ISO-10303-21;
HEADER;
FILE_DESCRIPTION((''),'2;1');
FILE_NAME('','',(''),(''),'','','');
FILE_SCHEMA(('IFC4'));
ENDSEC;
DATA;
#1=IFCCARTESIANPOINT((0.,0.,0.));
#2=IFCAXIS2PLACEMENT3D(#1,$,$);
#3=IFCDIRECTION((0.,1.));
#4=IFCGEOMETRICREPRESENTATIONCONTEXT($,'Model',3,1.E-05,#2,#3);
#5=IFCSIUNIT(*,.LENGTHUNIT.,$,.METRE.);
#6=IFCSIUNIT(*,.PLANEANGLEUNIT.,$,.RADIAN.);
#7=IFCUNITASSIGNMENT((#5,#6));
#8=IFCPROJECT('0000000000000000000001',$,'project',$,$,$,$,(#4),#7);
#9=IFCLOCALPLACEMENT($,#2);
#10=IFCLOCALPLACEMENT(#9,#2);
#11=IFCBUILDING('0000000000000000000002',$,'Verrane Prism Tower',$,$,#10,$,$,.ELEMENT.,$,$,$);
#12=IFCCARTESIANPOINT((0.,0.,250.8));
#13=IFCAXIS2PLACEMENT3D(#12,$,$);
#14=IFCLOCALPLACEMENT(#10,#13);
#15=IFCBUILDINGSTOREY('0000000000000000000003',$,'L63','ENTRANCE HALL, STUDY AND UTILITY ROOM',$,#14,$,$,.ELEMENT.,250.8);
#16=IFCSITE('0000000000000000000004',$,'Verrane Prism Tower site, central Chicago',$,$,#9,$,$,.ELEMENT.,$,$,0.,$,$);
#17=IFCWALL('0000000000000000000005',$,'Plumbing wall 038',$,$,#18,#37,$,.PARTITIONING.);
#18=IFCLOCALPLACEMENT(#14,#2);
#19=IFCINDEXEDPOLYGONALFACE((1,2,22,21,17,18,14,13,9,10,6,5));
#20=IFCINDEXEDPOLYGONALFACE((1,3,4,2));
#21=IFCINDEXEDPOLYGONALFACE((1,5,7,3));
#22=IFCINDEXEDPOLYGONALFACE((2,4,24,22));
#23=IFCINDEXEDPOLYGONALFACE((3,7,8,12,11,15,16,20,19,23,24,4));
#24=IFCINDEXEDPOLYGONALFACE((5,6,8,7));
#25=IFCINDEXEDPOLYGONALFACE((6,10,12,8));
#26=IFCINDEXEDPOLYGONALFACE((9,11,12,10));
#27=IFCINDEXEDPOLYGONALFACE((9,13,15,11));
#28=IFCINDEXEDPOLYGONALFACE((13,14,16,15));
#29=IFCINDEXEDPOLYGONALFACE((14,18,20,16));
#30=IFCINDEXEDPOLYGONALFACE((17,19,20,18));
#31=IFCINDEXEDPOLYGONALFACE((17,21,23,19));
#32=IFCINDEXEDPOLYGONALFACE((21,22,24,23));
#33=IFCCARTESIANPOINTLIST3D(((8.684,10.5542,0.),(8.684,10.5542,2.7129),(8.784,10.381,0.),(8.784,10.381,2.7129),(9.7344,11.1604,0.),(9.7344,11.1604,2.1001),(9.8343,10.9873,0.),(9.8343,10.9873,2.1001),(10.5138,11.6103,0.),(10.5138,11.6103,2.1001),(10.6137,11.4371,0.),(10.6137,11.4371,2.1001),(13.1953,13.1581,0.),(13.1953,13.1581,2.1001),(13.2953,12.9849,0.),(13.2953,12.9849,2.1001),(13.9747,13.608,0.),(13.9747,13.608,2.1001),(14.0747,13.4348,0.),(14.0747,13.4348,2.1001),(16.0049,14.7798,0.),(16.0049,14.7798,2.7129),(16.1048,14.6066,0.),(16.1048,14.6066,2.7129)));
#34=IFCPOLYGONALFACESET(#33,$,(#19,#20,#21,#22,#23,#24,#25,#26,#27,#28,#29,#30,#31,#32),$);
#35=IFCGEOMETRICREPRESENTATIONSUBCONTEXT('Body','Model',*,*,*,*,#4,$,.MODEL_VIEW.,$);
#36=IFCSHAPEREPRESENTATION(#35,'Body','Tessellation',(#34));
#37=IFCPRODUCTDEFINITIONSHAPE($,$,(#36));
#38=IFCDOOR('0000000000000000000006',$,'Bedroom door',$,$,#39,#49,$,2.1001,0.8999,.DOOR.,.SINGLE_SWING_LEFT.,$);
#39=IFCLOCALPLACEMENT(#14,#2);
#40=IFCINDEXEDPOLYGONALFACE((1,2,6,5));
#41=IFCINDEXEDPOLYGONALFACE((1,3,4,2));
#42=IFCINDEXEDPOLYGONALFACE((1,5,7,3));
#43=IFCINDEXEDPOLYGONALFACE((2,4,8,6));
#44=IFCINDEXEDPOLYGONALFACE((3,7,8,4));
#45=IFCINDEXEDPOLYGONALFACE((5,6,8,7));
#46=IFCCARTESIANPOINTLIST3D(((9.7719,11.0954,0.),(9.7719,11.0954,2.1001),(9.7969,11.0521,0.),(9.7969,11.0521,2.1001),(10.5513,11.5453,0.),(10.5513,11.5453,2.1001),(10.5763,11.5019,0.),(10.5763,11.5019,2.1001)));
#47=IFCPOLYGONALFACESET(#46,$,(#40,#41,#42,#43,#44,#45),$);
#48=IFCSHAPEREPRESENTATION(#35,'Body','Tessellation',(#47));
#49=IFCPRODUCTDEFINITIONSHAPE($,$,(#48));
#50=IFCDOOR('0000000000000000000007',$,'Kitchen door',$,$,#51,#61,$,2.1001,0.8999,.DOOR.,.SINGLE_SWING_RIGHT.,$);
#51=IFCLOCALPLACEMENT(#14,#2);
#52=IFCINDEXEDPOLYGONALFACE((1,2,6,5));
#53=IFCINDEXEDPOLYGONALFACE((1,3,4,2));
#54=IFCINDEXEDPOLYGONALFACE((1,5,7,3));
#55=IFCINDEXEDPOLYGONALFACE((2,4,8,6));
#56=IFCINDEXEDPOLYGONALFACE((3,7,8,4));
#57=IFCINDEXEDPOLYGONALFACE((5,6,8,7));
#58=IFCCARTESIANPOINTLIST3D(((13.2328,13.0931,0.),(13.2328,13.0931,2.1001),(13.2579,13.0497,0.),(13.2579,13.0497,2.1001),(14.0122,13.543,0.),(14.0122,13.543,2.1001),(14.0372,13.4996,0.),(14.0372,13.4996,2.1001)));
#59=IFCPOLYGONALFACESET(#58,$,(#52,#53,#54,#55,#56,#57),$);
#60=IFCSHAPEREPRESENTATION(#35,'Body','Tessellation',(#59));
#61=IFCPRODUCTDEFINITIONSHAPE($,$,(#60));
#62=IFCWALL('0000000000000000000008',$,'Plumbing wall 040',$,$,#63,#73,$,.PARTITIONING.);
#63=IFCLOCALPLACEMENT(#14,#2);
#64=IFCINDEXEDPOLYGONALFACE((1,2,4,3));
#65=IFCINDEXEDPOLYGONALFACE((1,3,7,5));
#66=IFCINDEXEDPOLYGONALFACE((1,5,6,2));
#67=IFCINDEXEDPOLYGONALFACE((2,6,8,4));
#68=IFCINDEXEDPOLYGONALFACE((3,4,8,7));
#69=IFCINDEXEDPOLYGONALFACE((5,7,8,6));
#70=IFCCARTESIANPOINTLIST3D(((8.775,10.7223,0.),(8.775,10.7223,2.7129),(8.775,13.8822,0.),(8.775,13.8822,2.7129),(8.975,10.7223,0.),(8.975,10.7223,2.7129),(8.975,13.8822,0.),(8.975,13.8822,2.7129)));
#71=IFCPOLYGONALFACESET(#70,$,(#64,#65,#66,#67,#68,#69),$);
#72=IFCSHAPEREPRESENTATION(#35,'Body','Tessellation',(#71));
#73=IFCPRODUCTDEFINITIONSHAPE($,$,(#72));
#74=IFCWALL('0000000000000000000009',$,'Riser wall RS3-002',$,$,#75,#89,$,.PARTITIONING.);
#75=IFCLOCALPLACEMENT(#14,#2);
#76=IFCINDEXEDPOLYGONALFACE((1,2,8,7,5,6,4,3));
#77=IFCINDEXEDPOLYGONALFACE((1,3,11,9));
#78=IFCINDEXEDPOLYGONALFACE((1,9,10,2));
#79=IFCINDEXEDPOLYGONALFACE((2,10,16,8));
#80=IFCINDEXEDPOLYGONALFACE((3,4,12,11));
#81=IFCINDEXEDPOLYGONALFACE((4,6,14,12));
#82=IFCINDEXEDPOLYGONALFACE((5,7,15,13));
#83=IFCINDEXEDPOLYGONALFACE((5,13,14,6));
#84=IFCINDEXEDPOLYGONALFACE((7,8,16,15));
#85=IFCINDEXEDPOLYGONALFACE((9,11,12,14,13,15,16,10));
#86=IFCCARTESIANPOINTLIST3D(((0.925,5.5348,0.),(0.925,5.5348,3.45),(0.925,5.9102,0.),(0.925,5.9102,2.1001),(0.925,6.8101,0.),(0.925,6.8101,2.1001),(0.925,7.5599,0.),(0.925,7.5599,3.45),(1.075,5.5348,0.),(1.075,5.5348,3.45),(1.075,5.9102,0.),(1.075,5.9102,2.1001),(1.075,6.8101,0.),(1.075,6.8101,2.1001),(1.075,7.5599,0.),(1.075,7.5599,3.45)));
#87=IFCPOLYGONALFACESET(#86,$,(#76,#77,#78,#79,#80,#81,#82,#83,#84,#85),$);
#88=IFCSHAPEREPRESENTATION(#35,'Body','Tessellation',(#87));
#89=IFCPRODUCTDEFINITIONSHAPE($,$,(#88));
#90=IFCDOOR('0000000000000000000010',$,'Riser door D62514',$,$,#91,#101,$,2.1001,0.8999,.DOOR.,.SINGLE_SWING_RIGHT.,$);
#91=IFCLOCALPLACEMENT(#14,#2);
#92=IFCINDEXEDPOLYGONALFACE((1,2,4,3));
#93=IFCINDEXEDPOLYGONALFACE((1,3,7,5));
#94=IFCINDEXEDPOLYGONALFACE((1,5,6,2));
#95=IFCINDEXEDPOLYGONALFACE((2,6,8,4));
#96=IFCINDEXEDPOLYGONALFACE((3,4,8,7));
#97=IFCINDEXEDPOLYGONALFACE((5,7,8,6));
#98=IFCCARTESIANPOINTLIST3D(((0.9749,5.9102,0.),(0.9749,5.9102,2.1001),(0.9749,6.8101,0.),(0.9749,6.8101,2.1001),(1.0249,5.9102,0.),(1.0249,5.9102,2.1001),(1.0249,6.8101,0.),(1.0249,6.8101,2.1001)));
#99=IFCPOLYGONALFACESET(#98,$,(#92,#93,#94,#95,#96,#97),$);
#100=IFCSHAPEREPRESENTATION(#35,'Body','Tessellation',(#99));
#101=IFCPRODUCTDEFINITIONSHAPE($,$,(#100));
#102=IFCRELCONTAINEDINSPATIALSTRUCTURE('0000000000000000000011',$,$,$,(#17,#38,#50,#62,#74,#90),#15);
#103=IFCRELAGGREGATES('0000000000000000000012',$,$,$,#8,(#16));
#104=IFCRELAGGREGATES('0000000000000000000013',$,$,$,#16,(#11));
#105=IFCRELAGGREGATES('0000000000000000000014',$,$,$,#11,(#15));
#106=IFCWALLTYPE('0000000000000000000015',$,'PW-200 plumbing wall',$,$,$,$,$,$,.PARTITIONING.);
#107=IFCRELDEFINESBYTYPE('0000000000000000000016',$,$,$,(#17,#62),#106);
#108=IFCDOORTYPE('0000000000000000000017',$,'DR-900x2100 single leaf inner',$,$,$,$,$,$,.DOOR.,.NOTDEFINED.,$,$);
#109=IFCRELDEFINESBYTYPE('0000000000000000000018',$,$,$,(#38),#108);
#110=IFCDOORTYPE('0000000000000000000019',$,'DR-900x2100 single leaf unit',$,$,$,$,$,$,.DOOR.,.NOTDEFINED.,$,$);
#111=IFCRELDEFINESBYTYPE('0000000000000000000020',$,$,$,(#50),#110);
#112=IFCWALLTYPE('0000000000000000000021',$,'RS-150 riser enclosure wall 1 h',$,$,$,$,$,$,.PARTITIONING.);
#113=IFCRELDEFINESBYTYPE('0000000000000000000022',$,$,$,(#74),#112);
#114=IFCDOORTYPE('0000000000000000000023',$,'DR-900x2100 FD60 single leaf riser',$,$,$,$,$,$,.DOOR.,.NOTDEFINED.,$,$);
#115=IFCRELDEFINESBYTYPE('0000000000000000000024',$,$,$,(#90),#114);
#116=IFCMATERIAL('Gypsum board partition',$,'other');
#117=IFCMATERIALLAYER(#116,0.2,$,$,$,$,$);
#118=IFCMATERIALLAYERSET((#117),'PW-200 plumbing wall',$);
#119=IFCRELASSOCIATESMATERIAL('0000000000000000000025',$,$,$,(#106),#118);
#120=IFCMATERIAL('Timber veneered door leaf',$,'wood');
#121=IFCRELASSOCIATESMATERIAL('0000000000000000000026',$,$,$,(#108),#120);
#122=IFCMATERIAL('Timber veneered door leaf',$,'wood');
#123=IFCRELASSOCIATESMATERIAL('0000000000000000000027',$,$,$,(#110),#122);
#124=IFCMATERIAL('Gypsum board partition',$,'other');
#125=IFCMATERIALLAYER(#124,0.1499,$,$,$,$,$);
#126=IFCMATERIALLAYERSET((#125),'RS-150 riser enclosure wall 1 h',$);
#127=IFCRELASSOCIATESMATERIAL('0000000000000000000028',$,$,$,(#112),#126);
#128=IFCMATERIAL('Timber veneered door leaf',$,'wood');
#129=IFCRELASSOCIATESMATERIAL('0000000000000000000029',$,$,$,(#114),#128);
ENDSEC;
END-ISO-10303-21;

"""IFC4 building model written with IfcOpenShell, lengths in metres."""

from ifc_helpers import new_model, si_unit, direction, frame, frame_2d, origin, place, context, subcontext, project, spatial, rectangle, extrude, material, layer, layer_set, type_object, element, fill, save


model = new_model("IFC4")

# Units and contexts
model_context = context("Model", 3, precision=1e-05, world=origin(), true_north=direction((0.0, 1.0)))
body_context = subcontext(model_context, "Body", "Model", "MODEL_VIEW")
ifc_project = project(units=[si_unit("LENGTHUNIT", "METRE"), si_unit("PLANEANGLEUNIT", "RADIAN")], contexts=[model_context])

# Site, building, storey
site_placement = place(None, origin())
site = spatial("IfcSite", under=ifc_project, at=site_placement, Name="Verrane Prism Tower site, central Chicago", CompositionType="ELEMENT", RefElevation=0.0)
building_placement = place(site_placement, origin())
building = spatial("IfcBuilding", under=site, at=building_placement, Name="Verrane Prism Tower", CompositionType="ELEMENT")
storey_placement = place(building_placement, frame((0.0, 0.0, 250.8)))
storey = spatial("IfcBuildingStorey", under=building, at=storey_placement, Name="L63", Description="ENTRANCE HALL, STUDY AND UTILITY ROOM", CompositionType="ELEMENT", Elevation=250.8)

# Shared definitions
ifc_material_1 = material(Name="Gypsum board partition", Category="other")
ifc_layer_1 = layer(ifc_material_1, 0.2)
ifc_layer_set_1 = layer_set([ifc_layer_1], Name="PW-200 plumbing wall")
wall_type_1 = type_object("IfcWallType", Name="PW-200 plumbing wall", PredefinedType="PARTITIONING", material=ifc_layer_set_1)

# Wall, openings, doors
wall_1_placement = place(storey_placement, frame((8.7339, 10.4675, 0.0), z_axis=(0.0, 0.0, 1.0), x_axis=(0.866081, 0.499904, 0.0)))
wall_1 = element("IfcWall", 1, at=wall_1_placement, inside=storey, type_object=wall_type_1, Name="Plumbing wall 038", PredefinedType="PARTITIONING", context=body_context, shape_type="SweptSolid", body=[
    extrude(rectangle(XDim=8.4529, YDim=0.2, at=frame_2d((4.2266, 0.0))), origin(), (0.0, 0.0, 1.0), 2.7129),
])
opening_1_placement = place(wall_1_placement, frame((5.209, 0.0, 0.0)))
opening_1 = element("IfcOpeningElement", 2, at=opening_1_placement, cuts=wall_1, PredefinedType="OPENING", context=body_context, shape_type="SweptSolid", body=[
    extrude(rectangle(XDim=0.8999, YDim=2.1001, at=frame_2d((0.45, 1.05))), frame((0.0, 0.1099, 0.0), z_axis=(0.0, -1.0, 0.0), x_axis=(1.0, 0.0, 0.0)), (0.0, 0.0, 1.0), 0.22),
])
opening_2_placement = place(wall_1_placement, frame((1.2129, 0.0, 0.0)))
opening_2 = element("IfcOpeningElement", 3, at=opening_2_placement, cuts=wall_1, PredefinedType="OPENING", context=body_context, shape_type="SweptSolid", body=[
    extrude(rectangle(XDim=0.8999, YDim=2.1001, at=frame_2d((0.45, 1.05))), frame((0.0, 0.1099, 0.0), z_axis=(0.0, -1.0, 0.0), x_axis=(1.0, 0.0, 0.0)), (0.0, 0.0, 1.0), 0.22),
])
ifc_material_2 = material(Name="Timber veneered door leaf", Category="wood")
door_type_1 = type_object("IfcDoorType", Name="DR-900x2100 single leaf inner", OperationType="NOTDEFINED", PredefinedType="DOOR", material=ifc_material_2)
door_1_placement = place(opening_2_placement, origin())
door_1 = element("IfcDoor", 4, at=door_1_placement, inside=storey, type_object=door_type_1, Name="Bedroom door", OperationType="SINGLE_SWING_LEFT", OverallHeight=2.1001, OverallWidth=0.8999, PredefinedType="DOOR", context=body_context, shape_type="SweptSolid", body=[
    extrude(rectangle(XDim=0.8999, YDim=2.1001, at=frame_2d((0.45, 1.05))), frame((0.0, 0.0249, 0.0), z_axis=(0.0, -1.0, 0.0), x_axis=(1.0, 0.0, 0.0)), (0.0, 0.0, 1.0), 0.05),
])
fill(opening_2, door_1)
ifc_material_3 = material(Name="Timber veneered door leaf", Category="wood")
door_type_2 = type_object("IfcDoorType", Name="DR-900x2100 single leaf unit", OperationType="NOTDEFINED", PredefinedType="DOOR", material=ifc_material_3)
door_2_placement = place(opening_1_placement, origin())
door_2 = element("IfcDoor", 5, at=door_2_placement, inside=storey, type_object=door_type_2, Name="Kitchen door", OperationType="SINGLE_SWING_RIGHT", OverallHeight=2.1001, OverallWidth=0.8999, PredefinedType="DOOR", context=body_context, shape_type="SweptSolid", body=[
    extrude(rectangle(XDim=0.8999, YDim=2.1001, at=frame_2d((0.45, 1.05))), frame((0.0, 0.0249, 0.0), z_axis=(0.0, -1.0, 0.0), x_axis=(1.0, 0.0, 0.0)), (0.0, 0.0, 1.0), 0.05),
])
fill(opening_1, door_2)

# Wall
wall_2_placement = place(storey_placement, frame((8.875, 10.7222, 0.0), z_axis=(0.0, 0.0, 1.0), x_axis=(0.0, 1.0, 0.0)))
element("IfcWall", 6, at=wall_2_placement, inside=storey, type_object=wall_type_1, Name="Plumbing wall 040", PredefinedType="PARTITIONING", context=body_context, shape_type="SweptSolid", body=[
    extrude(rectangle(XDim=3.1599, YDim=0.2, at=frame_2d((1.5801, 0.0))), origin(), (0.0, 0.0, 1.0), 2.7129),
])

# Wall, opening, door
ifc_material_4 = material(Name="Gypsum board partition", Category="other")
ifc_layer_2 = layer(ifc_material_4, 0.1499)
ifc_layer_set_2 = layer_set([ifc_layer_2], Name="RS-150 riser enclosure wall 1 h")
wall_type_2 = type_object("IfcWallType", Name="RS-150 riser enclosure wall 1 h", PredefinedType="PARTITIONING", material=ifc_layer_set_2)
wall_3_placement = place(storey_placement, frame((1.0, 7.5601, 0.0), z_axis=(0.0, 0.0, 1.0), x_axis=(0.0, -1.0, 0.0)))
wall_3 = element("IfcWall", 7, at=wall_3_placement, inside=storey, type_object=wall_type_2, Name="Riser wall RS3-002", PredefinedType="PARTITIONING", context=body_context, shape_type="SweptSolid", body=[
    extrude(rectangle(XDim=2.0251, YDim=0.1499, at=frame_2d((1.0127, 0.0))), origin(), (0.0, 0.0, 1.0), 3.45),
])
opening_3_placement = place(wall_3_placement, frame((0.75, 0.0, 0.0)))
opening_3 = element("IfcOpeningElement", 8, at=opening_3_placement, cuts=wall_3, PredefinedType="OPENING", context=body_context, shape_type="SweptSolid", body=[
    extrude(rectangle(XDim=0.8999, YDim=2.1001, at=frame_2d((0.45, 1.05))), frame((0.0, 0.085, 0.0), z_axis=(0.0, -1.0, 0.0), x_axis=(1.0, 0.0, 0.0)), (0.0, 0.0, 1.0), 0.1699),
])
ifc_material_5 = material(Name="Timber veneered door leaf", Category="wood")
door_type_3 = type_object("IfcDoorType", Name="DR-900x2100 FD60 single leaf riser", OperationType="NOTDEFINED", PredefinedType="DOOR", material=ifc_material_5)
door_3_placement = place(opening_3_placement, origin())
door_3 = element("IfcDoor", 9, at=door_3_placement, inside=storey, type_object=door_type_3, Name="Riser door D62514", OperationType="SINGLE_SWING_RIGHT", OverallHeight=2.1001, OverallWidth=0.8999, PredefinedType="DOOR", context=body_context, shape_type="SweptSolid", body=[
    extrude(rectangle(XDim=0.8999, YDim=2.1001, at=frame_2d((0.45, 1.05))), frame((0.0, 0.0249, 0.0), z_axis=(0.0, -1.0, 0.0), x_axis=(1.0, 0.0, 0.0)), (0.0, 0.0, 1.0), 0.05),
])
fill(opening_3, door_3)

save(model, "model.ifc")
